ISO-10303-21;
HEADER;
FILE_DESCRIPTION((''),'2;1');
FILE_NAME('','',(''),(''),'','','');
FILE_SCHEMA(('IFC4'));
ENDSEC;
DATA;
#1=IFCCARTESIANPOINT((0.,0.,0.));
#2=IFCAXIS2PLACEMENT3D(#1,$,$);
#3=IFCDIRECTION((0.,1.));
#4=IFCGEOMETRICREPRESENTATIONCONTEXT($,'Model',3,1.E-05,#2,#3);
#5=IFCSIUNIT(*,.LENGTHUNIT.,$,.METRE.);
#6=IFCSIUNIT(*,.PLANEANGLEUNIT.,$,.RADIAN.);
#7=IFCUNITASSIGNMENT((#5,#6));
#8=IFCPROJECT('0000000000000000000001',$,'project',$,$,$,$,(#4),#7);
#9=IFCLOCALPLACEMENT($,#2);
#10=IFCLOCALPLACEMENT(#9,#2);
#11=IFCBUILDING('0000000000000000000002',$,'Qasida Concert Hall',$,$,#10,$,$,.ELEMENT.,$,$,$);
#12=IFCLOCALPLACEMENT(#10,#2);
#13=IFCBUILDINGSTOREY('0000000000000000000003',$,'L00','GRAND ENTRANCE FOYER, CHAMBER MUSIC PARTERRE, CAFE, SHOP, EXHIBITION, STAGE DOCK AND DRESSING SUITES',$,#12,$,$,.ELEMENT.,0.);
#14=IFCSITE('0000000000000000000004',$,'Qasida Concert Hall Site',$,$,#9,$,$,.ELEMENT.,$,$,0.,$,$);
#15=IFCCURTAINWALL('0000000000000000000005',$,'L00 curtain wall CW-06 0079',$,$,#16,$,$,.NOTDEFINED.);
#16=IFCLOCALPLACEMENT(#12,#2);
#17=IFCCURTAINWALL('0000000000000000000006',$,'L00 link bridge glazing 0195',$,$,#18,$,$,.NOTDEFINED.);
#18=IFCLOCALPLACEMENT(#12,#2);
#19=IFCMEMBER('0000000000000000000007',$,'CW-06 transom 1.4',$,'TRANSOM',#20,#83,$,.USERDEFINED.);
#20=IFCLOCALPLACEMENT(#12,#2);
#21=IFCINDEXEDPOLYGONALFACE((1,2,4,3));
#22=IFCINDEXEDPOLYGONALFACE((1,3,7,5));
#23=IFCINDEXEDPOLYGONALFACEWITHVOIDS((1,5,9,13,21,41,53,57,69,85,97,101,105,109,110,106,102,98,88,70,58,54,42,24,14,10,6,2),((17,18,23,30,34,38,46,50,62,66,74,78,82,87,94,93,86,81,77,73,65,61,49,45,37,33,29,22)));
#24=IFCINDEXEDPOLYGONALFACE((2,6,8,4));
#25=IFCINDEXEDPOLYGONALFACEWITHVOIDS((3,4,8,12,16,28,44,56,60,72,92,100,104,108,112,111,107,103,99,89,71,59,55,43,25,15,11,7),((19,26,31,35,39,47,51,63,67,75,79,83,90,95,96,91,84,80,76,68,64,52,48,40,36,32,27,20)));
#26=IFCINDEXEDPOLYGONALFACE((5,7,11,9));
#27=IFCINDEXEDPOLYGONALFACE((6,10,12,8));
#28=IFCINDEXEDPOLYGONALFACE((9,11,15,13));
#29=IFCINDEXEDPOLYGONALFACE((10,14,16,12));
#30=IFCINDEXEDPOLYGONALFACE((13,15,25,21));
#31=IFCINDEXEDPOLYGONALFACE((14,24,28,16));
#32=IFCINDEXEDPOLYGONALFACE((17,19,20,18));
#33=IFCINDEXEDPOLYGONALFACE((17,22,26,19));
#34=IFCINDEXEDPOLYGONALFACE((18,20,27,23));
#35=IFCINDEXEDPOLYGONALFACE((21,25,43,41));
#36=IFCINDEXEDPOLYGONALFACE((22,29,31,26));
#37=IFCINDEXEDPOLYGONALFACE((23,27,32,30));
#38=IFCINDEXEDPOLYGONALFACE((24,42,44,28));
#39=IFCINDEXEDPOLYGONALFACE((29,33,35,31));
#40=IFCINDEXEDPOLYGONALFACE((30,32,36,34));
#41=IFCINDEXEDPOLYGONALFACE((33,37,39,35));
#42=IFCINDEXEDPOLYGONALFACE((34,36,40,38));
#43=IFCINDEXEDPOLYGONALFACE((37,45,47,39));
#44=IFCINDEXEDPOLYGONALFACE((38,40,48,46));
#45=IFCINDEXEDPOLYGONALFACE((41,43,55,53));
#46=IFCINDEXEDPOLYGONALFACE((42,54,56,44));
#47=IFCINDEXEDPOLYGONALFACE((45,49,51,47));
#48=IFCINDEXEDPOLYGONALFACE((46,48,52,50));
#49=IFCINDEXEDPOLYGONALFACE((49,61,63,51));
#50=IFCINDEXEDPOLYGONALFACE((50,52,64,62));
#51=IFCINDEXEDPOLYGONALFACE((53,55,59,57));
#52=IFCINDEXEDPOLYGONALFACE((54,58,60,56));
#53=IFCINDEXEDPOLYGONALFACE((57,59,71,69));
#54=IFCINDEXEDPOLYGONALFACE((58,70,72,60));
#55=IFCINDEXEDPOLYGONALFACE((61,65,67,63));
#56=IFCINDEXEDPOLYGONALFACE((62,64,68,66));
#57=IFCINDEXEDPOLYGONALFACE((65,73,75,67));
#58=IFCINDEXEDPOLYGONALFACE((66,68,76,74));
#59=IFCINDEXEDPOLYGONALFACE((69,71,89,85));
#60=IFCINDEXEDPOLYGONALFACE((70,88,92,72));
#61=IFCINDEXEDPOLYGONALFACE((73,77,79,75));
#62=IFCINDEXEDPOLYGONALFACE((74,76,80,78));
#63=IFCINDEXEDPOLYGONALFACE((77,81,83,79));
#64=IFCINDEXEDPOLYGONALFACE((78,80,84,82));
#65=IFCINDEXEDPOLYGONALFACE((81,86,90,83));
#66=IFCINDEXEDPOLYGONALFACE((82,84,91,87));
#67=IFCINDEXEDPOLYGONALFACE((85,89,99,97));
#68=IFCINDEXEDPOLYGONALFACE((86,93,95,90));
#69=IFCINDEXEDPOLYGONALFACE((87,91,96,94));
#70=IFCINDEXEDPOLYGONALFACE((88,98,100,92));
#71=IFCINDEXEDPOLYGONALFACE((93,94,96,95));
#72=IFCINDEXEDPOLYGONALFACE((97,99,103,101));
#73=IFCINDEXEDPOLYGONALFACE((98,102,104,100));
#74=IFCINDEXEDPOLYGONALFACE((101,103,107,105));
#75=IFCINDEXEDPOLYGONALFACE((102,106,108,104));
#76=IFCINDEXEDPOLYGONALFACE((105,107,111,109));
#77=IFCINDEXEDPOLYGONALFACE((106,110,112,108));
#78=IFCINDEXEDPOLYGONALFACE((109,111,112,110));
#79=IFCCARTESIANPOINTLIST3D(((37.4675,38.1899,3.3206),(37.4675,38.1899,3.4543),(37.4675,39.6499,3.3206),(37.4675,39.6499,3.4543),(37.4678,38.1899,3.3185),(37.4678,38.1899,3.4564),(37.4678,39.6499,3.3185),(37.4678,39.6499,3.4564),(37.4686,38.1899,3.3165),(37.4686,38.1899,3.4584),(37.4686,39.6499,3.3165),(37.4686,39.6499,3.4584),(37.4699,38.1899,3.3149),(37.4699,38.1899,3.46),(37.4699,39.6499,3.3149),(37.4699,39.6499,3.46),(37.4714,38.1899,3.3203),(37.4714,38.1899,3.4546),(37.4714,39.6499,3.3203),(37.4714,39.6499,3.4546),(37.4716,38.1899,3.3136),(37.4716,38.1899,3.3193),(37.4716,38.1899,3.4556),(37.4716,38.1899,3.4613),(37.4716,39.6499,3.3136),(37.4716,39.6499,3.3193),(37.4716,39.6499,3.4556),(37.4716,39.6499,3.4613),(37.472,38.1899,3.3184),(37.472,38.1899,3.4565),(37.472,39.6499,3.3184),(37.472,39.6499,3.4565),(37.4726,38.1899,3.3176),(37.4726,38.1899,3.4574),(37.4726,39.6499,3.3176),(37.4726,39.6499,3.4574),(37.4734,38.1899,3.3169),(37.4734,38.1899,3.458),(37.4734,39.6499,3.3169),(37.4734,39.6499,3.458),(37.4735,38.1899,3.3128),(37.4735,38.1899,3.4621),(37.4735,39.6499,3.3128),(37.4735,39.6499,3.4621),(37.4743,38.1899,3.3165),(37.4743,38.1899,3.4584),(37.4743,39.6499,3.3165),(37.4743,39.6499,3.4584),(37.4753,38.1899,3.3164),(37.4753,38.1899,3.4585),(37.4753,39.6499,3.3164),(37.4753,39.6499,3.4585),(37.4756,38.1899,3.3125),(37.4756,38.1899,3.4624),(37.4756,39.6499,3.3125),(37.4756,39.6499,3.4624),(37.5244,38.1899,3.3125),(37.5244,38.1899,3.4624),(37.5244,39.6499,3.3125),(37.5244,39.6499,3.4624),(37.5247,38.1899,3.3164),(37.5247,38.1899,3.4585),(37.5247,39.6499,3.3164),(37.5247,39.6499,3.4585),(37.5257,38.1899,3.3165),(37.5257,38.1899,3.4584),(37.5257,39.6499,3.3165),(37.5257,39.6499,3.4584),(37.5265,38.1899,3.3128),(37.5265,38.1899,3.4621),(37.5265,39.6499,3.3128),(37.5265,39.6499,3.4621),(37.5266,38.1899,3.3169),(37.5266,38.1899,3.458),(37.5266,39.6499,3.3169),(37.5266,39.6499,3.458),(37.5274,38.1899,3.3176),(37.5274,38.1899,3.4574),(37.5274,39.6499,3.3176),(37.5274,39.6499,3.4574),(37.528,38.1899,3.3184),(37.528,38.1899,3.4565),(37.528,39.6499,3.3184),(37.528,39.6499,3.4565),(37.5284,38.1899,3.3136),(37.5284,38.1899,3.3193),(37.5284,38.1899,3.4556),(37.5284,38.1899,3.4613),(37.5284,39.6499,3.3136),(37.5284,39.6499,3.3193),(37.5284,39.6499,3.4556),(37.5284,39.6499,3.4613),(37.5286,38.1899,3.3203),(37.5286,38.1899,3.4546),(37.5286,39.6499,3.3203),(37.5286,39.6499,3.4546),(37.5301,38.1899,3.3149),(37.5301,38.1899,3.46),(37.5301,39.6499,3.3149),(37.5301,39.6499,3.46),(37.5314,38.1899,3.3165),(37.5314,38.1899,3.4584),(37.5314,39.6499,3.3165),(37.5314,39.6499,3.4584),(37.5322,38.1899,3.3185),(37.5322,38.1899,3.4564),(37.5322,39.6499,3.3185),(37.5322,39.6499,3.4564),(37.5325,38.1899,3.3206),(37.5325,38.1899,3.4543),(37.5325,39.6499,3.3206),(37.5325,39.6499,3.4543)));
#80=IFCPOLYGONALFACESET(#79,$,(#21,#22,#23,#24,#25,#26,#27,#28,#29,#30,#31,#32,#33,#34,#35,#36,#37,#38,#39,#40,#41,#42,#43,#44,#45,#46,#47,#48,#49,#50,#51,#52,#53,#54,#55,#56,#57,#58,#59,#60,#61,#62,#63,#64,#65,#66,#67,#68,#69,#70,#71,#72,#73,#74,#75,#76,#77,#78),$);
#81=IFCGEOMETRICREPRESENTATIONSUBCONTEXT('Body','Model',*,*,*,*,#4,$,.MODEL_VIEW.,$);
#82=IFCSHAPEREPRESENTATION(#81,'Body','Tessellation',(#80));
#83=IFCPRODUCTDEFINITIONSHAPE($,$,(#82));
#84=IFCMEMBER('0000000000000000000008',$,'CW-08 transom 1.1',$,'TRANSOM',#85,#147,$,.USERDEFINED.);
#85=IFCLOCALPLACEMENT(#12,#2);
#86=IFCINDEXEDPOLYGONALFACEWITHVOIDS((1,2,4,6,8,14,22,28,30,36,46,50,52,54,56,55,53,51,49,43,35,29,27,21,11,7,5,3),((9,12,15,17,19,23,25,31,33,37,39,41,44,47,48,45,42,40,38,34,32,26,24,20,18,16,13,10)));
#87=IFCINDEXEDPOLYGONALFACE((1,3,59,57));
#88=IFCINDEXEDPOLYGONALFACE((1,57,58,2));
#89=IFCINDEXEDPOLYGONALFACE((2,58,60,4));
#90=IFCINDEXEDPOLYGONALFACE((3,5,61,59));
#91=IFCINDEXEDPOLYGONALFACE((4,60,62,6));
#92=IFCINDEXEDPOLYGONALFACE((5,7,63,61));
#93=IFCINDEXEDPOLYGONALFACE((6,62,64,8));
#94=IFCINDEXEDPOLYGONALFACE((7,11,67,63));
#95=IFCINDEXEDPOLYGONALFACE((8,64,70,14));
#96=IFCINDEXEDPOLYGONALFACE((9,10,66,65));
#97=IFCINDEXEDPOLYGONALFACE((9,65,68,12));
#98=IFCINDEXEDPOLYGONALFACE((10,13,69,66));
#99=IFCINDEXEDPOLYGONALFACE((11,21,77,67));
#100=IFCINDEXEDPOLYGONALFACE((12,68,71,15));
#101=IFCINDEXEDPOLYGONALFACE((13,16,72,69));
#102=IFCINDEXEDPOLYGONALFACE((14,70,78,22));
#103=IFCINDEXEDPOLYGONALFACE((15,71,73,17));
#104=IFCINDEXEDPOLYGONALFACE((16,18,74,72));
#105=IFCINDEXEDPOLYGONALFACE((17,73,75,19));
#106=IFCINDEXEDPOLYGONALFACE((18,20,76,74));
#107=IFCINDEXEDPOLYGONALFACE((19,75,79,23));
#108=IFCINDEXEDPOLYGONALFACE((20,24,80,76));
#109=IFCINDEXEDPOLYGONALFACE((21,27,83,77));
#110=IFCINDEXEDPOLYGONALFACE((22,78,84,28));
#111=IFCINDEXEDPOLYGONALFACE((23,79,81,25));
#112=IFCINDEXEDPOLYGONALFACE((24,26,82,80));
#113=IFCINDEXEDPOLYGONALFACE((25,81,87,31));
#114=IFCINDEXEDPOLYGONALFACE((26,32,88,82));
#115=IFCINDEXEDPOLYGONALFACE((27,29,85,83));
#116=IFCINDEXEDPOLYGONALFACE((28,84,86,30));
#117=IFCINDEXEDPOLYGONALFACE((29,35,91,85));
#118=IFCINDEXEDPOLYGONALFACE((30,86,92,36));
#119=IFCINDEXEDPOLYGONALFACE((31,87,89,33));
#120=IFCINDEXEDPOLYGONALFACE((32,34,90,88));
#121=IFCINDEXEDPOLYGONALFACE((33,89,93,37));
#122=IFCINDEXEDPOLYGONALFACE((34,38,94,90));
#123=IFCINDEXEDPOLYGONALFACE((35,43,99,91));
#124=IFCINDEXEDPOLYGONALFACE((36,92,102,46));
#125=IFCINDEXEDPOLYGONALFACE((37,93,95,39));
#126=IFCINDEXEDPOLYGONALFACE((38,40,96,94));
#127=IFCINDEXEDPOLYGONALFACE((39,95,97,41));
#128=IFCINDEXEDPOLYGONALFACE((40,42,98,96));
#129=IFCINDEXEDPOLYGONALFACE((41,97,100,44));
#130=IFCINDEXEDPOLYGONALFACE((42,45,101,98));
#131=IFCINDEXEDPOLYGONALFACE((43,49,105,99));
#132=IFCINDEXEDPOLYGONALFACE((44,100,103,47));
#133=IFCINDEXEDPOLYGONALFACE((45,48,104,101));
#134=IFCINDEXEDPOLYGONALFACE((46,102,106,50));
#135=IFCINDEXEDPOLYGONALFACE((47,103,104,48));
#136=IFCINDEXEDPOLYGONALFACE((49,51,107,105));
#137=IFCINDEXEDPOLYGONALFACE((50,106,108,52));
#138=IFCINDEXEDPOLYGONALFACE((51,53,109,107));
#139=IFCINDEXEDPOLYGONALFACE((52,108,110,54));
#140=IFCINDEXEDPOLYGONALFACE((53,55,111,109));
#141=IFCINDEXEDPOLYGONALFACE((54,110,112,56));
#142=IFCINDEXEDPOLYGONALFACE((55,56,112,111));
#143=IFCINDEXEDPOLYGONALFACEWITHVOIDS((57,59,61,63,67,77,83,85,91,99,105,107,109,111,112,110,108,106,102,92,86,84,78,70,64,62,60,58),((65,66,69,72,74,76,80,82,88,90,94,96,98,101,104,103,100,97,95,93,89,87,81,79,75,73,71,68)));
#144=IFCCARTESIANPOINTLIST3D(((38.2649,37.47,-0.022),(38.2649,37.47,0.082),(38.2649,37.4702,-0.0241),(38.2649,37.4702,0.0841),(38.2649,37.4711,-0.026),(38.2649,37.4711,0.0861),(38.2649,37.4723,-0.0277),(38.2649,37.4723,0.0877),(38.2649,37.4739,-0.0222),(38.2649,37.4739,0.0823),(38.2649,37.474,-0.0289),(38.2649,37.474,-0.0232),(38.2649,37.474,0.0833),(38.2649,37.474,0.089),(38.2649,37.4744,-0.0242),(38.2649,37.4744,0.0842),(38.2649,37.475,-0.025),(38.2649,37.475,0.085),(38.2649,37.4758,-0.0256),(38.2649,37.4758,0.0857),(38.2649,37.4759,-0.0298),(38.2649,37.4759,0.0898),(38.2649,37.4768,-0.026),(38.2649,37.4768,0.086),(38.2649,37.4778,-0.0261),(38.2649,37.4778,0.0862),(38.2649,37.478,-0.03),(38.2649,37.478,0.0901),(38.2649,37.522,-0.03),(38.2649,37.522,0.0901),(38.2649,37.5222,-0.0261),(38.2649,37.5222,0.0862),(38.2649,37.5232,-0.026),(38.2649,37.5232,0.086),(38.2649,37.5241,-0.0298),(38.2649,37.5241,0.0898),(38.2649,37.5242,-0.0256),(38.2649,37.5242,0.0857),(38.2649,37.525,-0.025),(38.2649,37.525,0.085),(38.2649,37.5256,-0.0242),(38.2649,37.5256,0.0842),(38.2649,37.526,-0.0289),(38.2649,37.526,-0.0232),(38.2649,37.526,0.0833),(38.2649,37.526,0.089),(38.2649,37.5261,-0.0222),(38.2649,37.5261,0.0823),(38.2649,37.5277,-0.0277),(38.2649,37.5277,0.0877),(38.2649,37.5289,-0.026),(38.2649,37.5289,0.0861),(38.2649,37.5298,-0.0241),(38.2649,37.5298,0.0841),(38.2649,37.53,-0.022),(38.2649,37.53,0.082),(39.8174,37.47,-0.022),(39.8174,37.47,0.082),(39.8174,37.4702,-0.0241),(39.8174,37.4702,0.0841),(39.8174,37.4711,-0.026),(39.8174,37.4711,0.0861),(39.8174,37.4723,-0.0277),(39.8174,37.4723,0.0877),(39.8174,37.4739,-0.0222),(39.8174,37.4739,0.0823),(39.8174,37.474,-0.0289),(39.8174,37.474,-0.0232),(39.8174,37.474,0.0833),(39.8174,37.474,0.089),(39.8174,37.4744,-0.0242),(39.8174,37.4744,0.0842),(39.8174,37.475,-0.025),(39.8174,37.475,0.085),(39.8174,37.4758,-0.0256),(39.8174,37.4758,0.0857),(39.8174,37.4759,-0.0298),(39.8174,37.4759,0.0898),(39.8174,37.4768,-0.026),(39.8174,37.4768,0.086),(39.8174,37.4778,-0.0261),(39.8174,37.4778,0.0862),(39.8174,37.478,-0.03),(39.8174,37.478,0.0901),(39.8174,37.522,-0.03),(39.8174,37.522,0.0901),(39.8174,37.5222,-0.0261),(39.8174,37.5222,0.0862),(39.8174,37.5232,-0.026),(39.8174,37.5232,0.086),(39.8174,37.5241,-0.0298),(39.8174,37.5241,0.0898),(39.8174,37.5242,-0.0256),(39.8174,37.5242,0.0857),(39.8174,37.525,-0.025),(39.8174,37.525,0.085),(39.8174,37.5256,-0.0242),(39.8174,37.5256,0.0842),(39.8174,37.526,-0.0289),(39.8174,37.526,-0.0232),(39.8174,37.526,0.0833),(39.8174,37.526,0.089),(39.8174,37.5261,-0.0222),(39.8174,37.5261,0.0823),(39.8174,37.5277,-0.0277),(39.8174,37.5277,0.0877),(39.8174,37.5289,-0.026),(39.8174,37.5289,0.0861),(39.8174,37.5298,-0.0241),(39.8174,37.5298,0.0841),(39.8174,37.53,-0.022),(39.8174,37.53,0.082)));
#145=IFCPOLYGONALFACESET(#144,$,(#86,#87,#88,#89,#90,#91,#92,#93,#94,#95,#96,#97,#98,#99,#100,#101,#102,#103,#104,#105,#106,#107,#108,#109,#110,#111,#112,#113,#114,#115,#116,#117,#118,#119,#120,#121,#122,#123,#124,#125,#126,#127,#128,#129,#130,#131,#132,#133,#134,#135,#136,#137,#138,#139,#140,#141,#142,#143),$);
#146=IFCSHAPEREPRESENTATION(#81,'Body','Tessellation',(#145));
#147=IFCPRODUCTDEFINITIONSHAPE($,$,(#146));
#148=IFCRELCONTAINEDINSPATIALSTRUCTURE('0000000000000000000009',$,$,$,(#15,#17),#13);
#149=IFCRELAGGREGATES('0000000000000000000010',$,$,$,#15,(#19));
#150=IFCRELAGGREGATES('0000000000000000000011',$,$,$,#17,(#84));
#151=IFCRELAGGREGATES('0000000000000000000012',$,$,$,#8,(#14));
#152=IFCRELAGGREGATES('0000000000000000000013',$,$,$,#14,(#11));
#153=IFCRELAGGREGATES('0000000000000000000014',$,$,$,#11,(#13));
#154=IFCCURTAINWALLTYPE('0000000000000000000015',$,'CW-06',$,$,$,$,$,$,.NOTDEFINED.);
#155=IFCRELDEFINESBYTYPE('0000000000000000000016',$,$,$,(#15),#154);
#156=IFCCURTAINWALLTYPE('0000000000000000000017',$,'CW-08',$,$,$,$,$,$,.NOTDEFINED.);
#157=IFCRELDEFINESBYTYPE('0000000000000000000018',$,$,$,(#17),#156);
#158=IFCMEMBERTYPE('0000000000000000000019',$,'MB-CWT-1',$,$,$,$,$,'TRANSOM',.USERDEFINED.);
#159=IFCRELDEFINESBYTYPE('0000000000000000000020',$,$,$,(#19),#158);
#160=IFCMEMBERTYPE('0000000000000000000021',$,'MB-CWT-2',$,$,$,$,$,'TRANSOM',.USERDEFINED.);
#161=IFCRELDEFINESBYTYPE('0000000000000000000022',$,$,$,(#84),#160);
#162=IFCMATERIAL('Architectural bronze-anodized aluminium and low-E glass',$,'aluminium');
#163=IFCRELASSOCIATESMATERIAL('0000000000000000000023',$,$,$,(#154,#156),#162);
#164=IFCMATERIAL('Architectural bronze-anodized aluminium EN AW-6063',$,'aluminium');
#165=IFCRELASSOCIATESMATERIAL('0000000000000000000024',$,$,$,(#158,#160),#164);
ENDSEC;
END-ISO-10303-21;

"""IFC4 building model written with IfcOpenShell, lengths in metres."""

from ifc_helpers import new_model, si_unit, direction, frame, origin, origin_2d, place, context, subcontext, project, spatial, hollow_rectangle, extrude, material, material_profile, profile_set, type_object, element, aggregate, save


model = new_model("IFC4")

# Units and contexts
model_context = context("Model", 3, precision=1e-05, world=origin(), true_north=direction((0.0, 1.0)))
body_context = subcontext(model_context, "Body", "Model", "MODEL_VIEW")
ifc_project = project(units=[si_unit("LENGTHUNIT", "METRE"), si_unit("PLANEANGLEUNIT", "RADIAN")], contexts=[model_context])

# Site, building, storey
site_placement = place(None, origin())
site = spatial("IfcSite", under=ifc_project, at=site_placement, Name="Qasida Concert Hall Site", CompositionType="ELEMENT", RefElevation=0.0)
building_placement = place(site_placement, origin())
building = spatial("IfcBuilding", under=site, at=building_placement, Name="Qasida Concert Hall", CompositionType="ELEMENT")
storey_placement = place(building_placement, origin())
storey = spatial("IfcBuildingStorey", under=building, at=storey_placement, Name="L00", Description="GRAND ENTRANCE FOYER, CHAMBER MUSIC PARTERRE, CAFE, SHOP, EXHIBITION, STAGE DOCK AND DRESSING SUITES", CompositionType="ELEMENT", Elevation=0.0)

# Curtain wall
ifc_material_1 = material(Name="Architectural bronze-anodized aluminium and low-E glass", Category="aluminium")
curtain_wall_type_1 = type_object("IfcCurtainWallType", Name="CW-06", PredefinedType="NOTDEFINED", material=ifc_material_1)
curtain_wall_1_placement = place(storey_placement, origin())
curtain_wall_1 = element("IfcCurtainWall", 1, at=curtain_wall_1_placement, inside=storey, type_object=curtain_wall_type_1, Name="L00 curtain wall CW-06 0079", PredefinedType="NOTDEFINED")
ifc_material_2 = material(Name="Architectural bronze-anodized aluminium EN AW-6063", Category="aluminium")

# Curtain wall
curtain_wall_type_2 = type_object("IfcCurtainWallType", Name="CW-08", PredefinedType="NOTDEFINED", material=ifc_material_1)
curtain_wall_2_placement = place(storey_placement, origin())
curtain_wall_2 = element("IfcCurtainWall", 2, at=curtain_wall_2_placement, inside=storey, type_object=curtain_wall_type_2, Name="L00 link bridge glazing 0195", PredefinedType="NOTDEFINED")

# Members
ifc_material_profile_1 = material_profile(ifc_material_2, hollow_rectangle(XDim=0.0649, YDim=0.1499, WallThickness=0.0039, InnerFilletRadius=0.0039, OuterFilletRadius=0.0081, at=origin_2d()), Name="CWT 150x65x4")
ifc_profile_set_1 = profile_set([ifc_material_profile_1], Name="Architectural bronze-anodized aluminium EN AW-6063")
member_type_1 = type_object("IfcMemberType", Name="MB-CWT-1", ElementType="TRANSOM", PredefinedType="USERDEFINED", material=ifc_profile_set_1)
member_1_placement = place(storey_placement, frame((37.5, 38.1899, 3.3875), z_axis=(0.0, 1.0, 0.0), x_axis=(-1.0, 0.0, 0.0)))
member_1 = element("IfcMember", 3, at=member_1_placement, type_object=member_type_1, Name="CW-06 transom 1.4", ObjectType="TRANSOM", PredefinedType="USERDEFINED", context=body_context, shape_type="SweptSolid", body=[
    extrude(hollow_rectangle(XDim=0.0649, YDim=0.1499, WallThickness=0.0039, InnerFilletRadius=0.0039, OuterFilletRadius=0.0081, at=origin_2d()), origin(), (0.0, 0.0, 1.0), 1.46),
])
ifc_material_profile_2 = material_profile(ifc_material_2, hollow_rectangle(XDim=0.0601, YDim=0.1201, WallThickness=0.0039, InnerFilletRadius=0.0039, OuterFilletRadius=0.0081, at=origin_2d()), Name="CWT 120x60x4")
ifc_profile_set_2 = profile_set([ifc_material_profile_2], Name="Architectural bronze-anodized aluminium EN AW-6063")
member_type_2 = type_object("IfcMemberType", Name="MB-CWT-2", ElementType="TRANSOM", PredefinedType="USERDEFINED", material=ifc_profile_set_2)
member_2_placement = place(storey_placement, frame((38.2649, 37.5, 0.03), z_axis=(1.0, 0.0, 0.0), x_axis=(0.0, 1.0, 0.0)))
member_2 = element("IfcMember", 4, at=member_2_placement, type_object=member_type_2, Name="CW-08 transom 1.1", ObjectType="TRANSOM", PredefinedType="USERDEFINED", context=body_context, shape_type="SweptSolid", body=[
    extrude(hollow_rectangle(XDim=0.0601, YDim=0.1201, WallThickness=0.0039, InnerFilletRadius=0.0039, OuterFilletRadius=0.0081, at=origin_2d()), origin(), (0.0, 0.0, 1.0), 1.5525),
])

aggregate(curtain_wall_1, [member_1])
aggregate(curtain_wall_2, [member_2])

save(model, "model.ifc")
